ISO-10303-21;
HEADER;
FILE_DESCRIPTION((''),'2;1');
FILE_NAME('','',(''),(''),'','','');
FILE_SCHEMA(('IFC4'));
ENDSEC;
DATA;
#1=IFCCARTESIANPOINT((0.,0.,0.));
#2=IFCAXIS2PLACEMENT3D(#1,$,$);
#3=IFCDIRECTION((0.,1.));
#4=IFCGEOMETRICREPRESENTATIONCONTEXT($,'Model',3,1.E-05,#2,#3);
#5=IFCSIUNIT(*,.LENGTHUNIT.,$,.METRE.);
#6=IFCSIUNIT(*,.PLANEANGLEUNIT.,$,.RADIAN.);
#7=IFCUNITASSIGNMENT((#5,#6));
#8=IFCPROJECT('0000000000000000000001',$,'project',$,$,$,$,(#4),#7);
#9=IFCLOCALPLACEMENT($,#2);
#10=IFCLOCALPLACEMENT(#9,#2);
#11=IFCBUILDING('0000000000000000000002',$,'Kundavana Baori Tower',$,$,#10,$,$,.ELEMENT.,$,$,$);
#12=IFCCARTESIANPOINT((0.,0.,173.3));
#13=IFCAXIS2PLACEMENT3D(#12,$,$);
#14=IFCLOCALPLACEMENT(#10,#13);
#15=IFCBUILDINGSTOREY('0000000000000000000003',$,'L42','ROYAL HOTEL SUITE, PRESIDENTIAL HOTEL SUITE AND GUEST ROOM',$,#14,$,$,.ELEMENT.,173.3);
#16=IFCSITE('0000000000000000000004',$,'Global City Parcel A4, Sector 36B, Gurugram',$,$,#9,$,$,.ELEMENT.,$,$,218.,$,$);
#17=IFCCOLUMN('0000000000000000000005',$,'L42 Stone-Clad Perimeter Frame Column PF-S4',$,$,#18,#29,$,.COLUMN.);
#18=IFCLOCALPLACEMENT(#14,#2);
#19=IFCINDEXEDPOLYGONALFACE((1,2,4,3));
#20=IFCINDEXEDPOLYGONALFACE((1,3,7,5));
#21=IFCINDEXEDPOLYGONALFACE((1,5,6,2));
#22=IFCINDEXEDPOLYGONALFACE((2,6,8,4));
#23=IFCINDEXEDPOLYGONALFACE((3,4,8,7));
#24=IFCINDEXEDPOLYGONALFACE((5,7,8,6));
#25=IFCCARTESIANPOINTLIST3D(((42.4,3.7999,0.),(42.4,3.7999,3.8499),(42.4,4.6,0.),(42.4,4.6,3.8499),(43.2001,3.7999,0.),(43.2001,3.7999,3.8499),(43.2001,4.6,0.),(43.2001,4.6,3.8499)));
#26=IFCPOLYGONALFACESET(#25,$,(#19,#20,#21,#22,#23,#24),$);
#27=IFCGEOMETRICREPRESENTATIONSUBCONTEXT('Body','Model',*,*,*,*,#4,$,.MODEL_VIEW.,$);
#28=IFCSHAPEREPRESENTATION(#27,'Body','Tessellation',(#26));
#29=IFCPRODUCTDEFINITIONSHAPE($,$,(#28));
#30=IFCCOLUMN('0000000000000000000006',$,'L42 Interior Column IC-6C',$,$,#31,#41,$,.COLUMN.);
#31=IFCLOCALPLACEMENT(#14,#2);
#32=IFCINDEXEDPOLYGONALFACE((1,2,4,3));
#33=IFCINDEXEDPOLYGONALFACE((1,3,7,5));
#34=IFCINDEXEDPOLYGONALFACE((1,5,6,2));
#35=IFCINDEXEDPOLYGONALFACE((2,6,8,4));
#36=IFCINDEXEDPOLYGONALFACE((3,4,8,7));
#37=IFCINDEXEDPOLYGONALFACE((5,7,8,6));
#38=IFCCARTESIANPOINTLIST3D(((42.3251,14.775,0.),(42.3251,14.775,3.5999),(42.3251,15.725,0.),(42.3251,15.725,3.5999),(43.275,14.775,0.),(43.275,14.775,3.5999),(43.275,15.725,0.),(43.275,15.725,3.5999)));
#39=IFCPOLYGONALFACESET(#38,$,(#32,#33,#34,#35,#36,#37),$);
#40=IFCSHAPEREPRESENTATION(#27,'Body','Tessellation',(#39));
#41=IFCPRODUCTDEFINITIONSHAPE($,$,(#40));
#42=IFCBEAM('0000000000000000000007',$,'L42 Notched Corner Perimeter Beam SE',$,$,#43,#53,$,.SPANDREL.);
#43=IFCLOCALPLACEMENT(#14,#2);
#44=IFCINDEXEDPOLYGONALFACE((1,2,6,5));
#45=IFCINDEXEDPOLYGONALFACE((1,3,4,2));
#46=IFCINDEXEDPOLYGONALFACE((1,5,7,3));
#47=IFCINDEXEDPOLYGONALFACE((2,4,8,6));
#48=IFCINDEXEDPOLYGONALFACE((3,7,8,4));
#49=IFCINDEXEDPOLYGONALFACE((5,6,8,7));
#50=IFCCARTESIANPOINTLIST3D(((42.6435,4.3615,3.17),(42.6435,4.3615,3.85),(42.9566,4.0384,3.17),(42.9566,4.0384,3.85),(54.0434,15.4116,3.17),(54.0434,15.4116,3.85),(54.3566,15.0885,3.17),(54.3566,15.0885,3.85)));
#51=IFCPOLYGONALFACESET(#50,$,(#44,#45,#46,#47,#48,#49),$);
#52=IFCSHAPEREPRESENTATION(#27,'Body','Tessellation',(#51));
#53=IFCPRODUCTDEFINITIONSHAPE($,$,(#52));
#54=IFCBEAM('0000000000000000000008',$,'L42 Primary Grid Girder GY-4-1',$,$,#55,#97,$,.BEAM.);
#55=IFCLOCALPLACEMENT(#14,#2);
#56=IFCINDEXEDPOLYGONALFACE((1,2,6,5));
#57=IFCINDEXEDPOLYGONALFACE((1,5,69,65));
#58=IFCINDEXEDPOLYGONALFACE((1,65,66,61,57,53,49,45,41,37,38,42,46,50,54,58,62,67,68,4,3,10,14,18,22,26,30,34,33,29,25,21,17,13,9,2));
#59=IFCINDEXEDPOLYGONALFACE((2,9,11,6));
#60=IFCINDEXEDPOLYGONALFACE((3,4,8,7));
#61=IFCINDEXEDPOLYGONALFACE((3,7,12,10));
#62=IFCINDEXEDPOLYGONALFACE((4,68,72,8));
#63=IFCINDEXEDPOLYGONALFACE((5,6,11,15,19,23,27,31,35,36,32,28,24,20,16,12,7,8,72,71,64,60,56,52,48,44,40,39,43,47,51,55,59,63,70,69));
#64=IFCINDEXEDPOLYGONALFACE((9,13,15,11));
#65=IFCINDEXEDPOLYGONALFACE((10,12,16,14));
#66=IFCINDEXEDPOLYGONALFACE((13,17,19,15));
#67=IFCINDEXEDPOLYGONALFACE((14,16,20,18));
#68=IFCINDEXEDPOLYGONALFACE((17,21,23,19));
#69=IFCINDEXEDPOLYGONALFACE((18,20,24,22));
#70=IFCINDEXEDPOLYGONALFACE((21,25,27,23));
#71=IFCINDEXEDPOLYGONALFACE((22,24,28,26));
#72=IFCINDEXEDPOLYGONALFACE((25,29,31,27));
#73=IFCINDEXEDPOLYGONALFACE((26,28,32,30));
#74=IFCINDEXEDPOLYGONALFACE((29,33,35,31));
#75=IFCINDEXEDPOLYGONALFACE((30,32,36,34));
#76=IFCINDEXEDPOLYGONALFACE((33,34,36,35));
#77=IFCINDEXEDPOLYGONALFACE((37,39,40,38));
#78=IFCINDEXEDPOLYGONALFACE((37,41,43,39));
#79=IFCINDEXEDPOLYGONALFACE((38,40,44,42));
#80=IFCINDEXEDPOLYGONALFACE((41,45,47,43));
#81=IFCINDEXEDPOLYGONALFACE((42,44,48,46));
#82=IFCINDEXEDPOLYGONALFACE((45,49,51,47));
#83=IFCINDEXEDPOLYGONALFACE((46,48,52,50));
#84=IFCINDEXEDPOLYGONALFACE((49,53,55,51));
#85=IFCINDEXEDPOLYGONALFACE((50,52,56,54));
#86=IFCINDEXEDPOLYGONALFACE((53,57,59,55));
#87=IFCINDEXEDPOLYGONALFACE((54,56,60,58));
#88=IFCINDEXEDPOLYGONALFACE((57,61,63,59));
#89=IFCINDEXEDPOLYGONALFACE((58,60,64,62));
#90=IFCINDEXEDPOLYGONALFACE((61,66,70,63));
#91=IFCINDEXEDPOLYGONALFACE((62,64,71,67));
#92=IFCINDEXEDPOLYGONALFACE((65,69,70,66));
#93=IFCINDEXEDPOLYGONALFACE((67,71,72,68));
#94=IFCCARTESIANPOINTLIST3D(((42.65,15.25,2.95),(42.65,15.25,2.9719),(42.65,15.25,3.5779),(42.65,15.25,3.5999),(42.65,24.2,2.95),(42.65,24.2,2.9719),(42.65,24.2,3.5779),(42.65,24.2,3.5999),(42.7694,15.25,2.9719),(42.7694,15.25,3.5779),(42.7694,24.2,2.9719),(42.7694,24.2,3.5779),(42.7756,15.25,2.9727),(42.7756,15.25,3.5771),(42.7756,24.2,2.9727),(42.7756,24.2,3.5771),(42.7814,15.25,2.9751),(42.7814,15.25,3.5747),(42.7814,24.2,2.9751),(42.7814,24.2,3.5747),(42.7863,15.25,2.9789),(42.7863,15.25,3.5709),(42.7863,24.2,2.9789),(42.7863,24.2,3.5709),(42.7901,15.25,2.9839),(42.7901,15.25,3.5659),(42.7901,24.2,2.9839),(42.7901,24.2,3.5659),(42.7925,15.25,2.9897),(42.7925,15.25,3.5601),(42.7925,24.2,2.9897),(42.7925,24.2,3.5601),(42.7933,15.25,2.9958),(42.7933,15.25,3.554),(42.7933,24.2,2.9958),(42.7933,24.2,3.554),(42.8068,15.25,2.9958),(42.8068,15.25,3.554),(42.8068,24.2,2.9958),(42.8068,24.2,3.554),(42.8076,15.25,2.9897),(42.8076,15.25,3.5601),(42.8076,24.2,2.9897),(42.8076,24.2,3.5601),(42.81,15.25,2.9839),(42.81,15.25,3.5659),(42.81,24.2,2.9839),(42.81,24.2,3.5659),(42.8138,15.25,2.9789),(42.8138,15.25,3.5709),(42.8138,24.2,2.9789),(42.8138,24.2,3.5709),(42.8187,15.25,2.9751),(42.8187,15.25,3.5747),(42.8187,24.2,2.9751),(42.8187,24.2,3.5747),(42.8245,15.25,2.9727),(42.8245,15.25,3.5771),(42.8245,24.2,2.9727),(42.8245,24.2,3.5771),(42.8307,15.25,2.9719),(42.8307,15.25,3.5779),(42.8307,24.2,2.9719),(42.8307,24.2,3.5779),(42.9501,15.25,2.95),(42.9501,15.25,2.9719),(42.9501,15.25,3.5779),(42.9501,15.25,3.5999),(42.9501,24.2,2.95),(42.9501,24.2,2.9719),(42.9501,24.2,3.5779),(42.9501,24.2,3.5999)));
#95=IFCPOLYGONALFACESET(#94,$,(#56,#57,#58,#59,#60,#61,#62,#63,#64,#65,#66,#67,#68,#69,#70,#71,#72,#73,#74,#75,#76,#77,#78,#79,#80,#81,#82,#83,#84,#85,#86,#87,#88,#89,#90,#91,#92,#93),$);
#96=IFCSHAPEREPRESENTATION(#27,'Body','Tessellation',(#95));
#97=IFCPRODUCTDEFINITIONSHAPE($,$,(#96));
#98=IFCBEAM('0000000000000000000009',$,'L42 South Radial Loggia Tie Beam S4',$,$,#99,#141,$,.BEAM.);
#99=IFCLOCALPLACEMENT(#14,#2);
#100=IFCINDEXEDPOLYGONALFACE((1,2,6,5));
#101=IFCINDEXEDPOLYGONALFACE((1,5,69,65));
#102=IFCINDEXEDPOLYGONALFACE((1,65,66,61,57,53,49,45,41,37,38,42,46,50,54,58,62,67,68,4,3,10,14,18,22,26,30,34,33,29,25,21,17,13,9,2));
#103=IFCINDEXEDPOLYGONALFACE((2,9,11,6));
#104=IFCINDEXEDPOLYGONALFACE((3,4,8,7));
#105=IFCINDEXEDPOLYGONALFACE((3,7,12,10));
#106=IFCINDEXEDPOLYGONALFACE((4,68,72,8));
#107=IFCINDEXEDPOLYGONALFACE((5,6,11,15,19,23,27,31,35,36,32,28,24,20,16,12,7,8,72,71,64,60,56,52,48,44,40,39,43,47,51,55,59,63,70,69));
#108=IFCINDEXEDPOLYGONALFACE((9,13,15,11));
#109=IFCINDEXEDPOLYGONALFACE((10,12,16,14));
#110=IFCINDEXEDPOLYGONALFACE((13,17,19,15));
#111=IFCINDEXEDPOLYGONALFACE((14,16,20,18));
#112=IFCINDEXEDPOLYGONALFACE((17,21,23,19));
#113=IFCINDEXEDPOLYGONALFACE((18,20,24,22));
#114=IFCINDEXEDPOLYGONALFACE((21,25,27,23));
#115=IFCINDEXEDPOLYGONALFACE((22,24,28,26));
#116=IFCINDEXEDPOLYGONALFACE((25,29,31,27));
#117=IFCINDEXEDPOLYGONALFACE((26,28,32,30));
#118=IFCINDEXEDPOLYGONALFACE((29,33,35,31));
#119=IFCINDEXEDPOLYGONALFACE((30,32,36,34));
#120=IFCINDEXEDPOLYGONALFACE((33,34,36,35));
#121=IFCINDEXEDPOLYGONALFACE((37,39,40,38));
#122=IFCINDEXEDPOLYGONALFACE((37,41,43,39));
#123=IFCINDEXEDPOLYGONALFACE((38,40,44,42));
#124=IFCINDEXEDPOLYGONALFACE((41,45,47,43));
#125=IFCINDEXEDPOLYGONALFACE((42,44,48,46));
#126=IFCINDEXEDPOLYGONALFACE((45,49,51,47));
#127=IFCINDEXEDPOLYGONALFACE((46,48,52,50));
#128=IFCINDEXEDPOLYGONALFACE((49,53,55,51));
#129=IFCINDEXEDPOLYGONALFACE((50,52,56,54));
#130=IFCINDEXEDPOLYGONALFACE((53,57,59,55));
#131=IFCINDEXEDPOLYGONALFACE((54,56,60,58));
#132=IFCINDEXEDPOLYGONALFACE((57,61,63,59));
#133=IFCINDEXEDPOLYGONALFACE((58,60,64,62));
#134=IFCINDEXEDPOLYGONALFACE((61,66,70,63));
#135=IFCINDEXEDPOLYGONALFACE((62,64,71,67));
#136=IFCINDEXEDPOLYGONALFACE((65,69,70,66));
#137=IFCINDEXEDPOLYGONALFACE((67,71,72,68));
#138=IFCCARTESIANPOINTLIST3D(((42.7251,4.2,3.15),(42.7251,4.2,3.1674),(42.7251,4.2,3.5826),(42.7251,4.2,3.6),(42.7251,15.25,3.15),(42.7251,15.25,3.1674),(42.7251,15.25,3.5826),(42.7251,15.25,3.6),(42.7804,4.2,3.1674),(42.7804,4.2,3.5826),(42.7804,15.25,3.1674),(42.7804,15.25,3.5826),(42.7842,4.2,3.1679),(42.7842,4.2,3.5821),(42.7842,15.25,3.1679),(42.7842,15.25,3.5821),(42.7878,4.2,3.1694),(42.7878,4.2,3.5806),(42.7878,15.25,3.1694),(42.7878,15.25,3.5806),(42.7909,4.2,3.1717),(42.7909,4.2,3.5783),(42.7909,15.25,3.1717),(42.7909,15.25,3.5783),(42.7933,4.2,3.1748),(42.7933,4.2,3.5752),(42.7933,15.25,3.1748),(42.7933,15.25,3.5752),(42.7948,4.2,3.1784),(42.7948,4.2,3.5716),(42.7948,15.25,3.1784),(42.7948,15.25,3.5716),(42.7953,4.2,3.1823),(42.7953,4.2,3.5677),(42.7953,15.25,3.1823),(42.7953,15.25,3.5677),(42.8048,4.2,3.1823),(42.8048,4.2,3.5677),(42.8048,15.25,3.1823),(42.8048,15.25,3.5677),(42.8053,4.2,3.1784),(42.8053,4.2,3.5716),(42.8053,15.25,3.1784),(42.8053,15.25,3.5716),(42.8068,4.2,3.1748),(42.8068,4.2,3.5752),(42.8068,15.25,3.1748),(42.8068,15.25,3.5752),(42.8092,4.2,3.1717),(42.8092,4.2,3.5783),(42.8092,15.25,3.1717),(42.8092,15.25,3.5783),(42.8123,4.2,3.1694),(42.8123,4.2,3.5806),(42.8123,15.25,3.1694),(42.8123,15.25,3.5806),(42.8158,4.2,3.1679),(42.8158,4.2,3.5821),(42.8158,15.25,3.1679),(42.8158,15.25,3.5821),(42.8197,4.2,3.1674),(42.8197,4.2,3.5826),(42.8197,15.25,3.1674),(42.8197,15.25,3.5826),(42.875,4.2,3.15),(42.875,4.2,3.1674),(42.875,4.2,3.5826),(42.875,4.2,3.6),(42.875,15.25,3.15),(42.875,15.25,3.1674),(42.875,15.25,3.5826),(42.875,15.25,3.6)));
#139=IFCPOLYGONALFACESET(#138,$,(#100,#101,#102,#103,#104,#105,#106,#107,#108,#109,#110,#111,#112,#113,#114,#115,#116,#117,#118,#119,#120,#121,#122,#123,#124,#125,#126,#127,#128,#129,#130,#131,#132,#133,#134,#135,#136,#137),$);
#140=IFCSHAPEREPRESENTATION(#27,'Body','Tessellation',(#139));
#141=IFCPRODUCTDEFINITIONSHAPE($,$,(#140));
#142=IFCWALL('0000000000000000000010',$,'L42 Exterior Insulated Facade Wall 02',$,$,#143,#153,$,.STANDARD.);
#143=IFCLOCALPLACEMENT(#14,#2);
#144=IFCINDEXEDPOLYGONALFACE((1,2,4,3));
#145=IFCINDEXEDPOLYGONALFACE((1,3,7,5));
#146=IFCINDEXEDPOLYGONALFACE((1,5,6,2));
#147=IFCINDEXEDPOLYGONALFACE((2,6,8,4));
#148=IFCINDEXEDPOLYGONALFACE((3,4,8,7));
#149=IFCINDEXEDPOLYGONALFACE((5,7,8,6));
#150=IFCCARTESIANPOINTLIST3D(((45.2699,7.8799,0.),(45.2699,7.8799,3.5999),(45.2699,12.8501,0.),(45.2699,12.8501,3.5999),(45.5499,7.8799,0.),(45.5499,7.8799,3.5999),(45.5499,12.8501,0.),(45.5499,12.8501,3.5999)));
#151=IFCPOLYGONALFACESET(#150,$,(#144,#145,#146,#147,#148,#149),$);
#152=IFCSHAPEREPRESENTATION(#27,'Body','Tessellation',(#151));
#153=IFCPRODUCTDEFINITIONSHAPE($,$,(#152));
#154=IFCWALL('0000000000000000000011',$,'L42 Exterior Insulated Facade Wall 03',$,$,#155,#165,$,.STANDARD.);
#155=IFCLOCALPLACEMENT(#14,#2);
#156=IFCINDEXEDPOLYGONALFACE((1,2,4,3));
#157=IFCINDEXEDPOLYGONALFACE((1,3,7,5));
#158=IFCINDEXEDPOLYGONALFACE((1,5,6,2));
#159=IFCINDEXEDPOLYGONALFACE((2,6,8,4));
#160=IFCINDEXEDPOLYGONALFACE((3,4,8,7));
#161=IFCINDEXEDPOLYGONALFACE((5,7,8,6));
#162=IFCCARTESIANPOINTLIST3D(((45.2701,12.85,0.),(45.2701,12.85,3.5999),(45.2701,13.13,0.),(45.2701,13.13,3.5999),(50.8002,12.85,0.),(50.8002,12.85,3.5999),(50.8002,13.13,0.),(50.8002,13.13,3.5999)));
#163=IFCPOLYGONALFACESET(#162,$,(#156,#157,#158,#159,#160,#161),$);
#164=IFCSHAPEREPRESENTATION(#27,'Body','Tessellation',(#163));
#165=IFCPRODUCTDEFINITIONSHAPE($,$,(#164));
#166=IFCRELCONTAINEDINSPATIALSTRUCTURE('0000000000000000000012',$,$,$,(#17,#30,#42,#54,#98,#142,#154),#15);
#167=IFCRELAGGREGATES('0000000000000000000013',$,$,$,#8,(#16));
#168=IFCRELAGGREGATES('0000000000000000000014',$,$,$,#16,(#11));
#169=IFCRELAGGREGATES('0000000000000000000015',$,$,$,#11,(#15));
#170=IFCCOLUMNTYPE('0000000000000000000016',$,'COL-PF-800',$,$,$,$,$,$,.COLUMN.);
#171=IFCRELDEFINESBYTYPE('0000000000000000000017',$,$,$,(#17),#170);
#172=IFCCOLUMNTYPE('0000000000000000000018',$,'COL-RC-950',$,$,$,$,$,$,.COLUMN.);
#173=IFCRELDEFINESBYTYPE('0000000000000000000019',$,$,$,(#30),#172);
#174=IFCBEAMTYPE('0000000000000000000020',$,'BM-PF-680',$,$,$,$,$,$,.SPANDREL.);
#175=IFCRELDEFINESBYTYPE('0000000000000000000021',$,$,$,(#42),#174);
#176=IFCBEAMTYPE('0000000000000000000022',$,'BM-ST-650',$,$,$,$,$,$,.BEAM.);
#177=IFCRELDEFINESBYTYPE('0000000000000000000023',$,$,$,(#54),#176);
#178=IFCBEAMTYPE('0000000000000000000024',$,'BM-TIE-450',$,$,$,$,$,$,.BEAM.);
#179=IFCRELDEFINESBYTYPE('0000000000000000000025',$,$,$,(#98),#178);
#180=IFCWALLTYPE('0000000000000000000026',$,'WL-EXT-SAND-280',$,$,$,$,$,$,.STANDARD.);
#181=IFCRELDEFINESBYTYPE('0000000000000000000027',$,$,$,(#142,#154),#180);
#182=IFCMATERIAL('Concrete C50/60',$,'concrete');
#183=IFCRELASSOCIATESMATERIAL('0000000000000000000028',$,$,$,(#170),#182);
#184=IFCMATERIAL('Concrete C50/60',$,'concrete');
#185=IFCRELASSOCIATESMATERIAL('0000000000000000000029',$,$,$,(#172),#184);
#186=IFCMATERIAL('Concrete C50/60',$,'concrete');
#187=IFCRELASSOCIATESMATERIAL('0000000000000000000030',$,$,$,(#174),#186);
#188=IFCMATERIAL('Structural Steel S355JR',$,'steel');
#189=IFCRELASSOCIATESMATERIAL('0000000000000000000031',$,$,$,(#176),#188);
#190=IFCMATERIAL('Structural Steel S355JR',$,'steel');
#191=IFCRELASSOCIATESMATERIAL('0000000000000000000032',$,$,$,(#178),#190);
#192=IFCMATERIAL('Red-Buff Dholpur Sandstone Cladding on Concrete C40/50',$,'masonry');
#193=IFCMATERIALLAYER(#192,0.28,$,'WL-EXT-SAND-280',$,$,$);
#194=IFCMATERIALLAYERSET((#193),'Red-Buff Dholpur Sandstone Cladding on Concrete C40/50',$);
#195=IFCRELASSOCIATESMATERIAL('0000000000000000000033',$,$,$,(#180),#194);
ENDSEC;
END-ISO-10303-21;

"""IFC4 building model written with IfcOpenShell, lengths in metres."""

from ifc_helpers import new_model, si_unit, direction, frame, frame_2d, origin, origin_2d, place, context, subcontext, project, spatial, rectangle, i_section, extrude, material, layer, layer_set, material_profile, profile_set, type_object, element, save


model = new_model("IFC4")

# Units and contexts
model_context = context("Model", 3, precision=1e-05, world=origin(), true_north=direction((0.0, 1.0)))
body_context = subcontext(model_context, "Body", "Model", "MODEL_VIEW")
ifc_project = project(units=[si_unit("LENGTHUNIT", "METRE"), si_unit("PLANEANGLEUNIT", "RADIAN")], contexts=[model_context])

# Site, building, storey
site_placement = place(None, origin())
site = spatial("IfcSite", under=ifc_project, at=site_placement, Name="Global City Parcel A4, Sector 36B, Gurugram", CompositionType="ELEMENT", RefElevation=218.0)
building_placement = place(site_placement, origin())
building = spatial("IfcBuilding", under=site, at=building_placement, Name="Kundavana Baori Tower", CompositionType="ELEMENT")
storey_placement = place(building_placement, frame((0.0, 0.0, 173.3)))
storey = spatial("IfcBuildingStorey", under=building, at=storey_placement, Name="L42", Description="ROYAL HOTEL SUITE, PRESIDENTIAL HOTEL SUITE AND GUEST ROOM", CompositionType="ELEMENT", Elevation=173.3)

# Columns
ifc_material_1 = material(Name="Concrete C50/60", Category="concrete")
ifc_material_profile_1 = material_profile(ifc_material_1, rectangle(XDim=0.8, YDim=0.8, at=origin_2d()), Name="RC PF 800x800")
ifc_profile_set_1 = profile_set([ifc_material_profile_1], Name="Concrete C50/60")
column_type_1 = type_object("IfcColumnType", Name="COL-PF-800", PredefinedType="COLUMN", material=ifc_profile_set_1)
column_1_placement = place(storey_placement, frame((42.8, 4.2, 0.0), z_axis=(0.0, 0.0, 1.0), x_axis=(1.0, 0.0, 0.0)))
element("IfcColumn", 1, at=column_1_placement, inside=storey, type_object=column_type_1, Name="L42 Stone-Clad Perimeter Frame Column PF-S4", PredefinedType="COLUMN", context=body_context, shape_type="SweptSolid", body=[
    extrude(rectangle(XDim=0.8, YDim=0.8, at=origin_2d()), origin(), (0.0, 0.0, 1.0), 3.8499),
])
ifc_material_2 = material(Name="Concrete C50/60", Category="concrete")
ifc_material_profile_2 = material_profile(ifc_material_2, rectangle(XDim=0.95, YDim=0.95, at=origin_2d()), Name="RC 950x950")
ifc_profile_set_2 = profile_set([ifc_material_profile_2], Name="Concrete C50/60")
column_type_2 = type_object("IfcColumnType", Name="COL-RC-950", PredefinedType="COLUMN", material=ifc_profile_set_2)
column_2_placement = place(storey_placement, frame((42.8, 15.25, 0.0), z_axis=(0.0, 0.0, 1.0), x_axis=(1.0, 0.0, 0.0)))
element("IfcColumn", 2, at=column_2_placement, inside=storey, type_object=column_type_2, Name="L42 Interior Column IC-6C", PredefinedType="COLUMN", context=body_context, shape_type="SweptSolid", body=[
    extrude(rectangle(XDim=0.95, YDim=0.95, at=origin_2d()), origin(), (0.0, 0.0, 1.0), 3.5999),
])

# Beams
ifc_material_3 = material(Name="Concrete C50/60", Category="concrete")
ifc_material_profile_3 = material_profile(ifc_material_3, rectangle(XDim=0.45, YDim=0.6799, at=origin_2d()), Name="RC BM 450x680")
ifc_profile_set_3 = profile_set([ifc_material_profile_3], Name="Concrete C50/60")
beam_type_1 = type_object("IfcBeamType", Name="BM-PF-680", PredefinedType="SPANDREL", material=ifc_profile_set_3)
beam_1_placement = place(storey_placement, frame((42.8, 4.2, 3.51), z_axis=(0.718039, 0.696003, 0.0), x_axis=(-0.696003, 0.718039, 0.0)))
element("IfcBeam", 3, at=beam_1_placement, inside=storey, type_object=beam_type_1, Name="L42 Notched Corner Perimeter Beam SE", PredefinedType="SPANDREL", context=body_context, shape_type="SweptSolid", body=[
    extrude(rectangle(XDim=0.45, YDim=0.6799, at=origin_2d()), origin(), (0.0, 0.0, 1.0), 15.8765),
])
ifc_material_4 = material(Name="Structural Steel S355JR", Category="steel")
ifc_material_profile_4 = material_profile(ifc_material_4, i_section(OverallWidth=0.3, OverallDepth=0.6499, WebThickness=0.0134, FlangeThickness=0.022, FilletRadius=0.0239, at=origin_2d()), Name="NPB 650x300x155")
ifc_profile_set_4 = profile_set([ifc_material_profile_4], Name="Structural Steel S355JR")
beam_type_2 = type_object("IfcBeamType", Name="BM-ST-650", PredefinedType="BEAM", material=ifc_profile_set_4)
beam_2_placement = place(storey_placement, frame((42.8, 15.25, 3.2749), z_axis=(0.0, 1.0, 0.0), x_axis=(-1.0, 0.0, 0.0)))
element("IfcBeam", 4, at=beam_2_placement, inside=storey, type_object=beam_type_2, Name="L42 Primary Grid Girder GY-4-1", PredefinedType="BEAM", context=body_context, shape_type="SweptSolid", body=[
    extrude(i_section(OverallWidth=0.3, OverallDepth=0.6499, WebThickness=0.0134, FlangeThickness=0.022, FilletRadius=0.0239, at=origin_2d()), origin(), (0.0, 0.0, 1.0), 8.95),
])
ifc_material_5 = material(Name="Structural Steel S355JR", Category="steel")
ifc_material_profile_5 = material_profile(ifc_material_5, i_section(OverallWidth=0.1499, OverallDepth=0.45, WebThickness=0.0095, FlangeThickness=0.0173, FilletRadius=0.0149, at=origin_2d()), Name="ISMB 450")
ifc_profile_set_5 = profile_set([ifc_material_profile_5], Name="Structural Steel S355JR")
beam_type_3 = type_object("IfcBeamType", Name="BM-TIE-450", PredefinedType="BEAM", material=ifc_profile_set_5)
beam_3_placement = place(storey_placement, frame((42.8, 15.25, 3.375), z_axis=(0.0, -1.0, 0.0), x_axis=(1.0, 0.0, 0.0)))
element("IfcBeam", 5, at=beam_3_placement, inside=storey, type_object=beam_type_3, Name="L42 South Radial Loggia Tie Beam S4", PredefinedType="BEAM", context=body_context, shape_type="SweptSolid", body=[
    extrude(i_section(OverallWidth=0.1499, OverallDepth=0.45, WebThickness=0.0095, FlangeThickness=0.0173, FilletRadius=0.0149, at=origin_2d()), origin(), (0.0, 0.0, 1.0), 11.05),
])

# Walls
ifc_material_6 = material(Name="Red-Buff Dholpur Sandstone Cladding on Concrete C40/50", Category="masonry")
ifc_layer_1 = layer(ifc_material_6, 0.28, Name="WL-EXT-SAND-280")
ifc_layer_set_1 = layer_set([ifc_layer_1], Name="Red-Buff Dholpur Sandstone Cladding on Concrete C40/50")
wall_type_1 = type_object("IfcWallType", Name="WL-EXT-SAND-280", PredefinedType="STANDARD", material=ifc_layer_set_1)
wall_1_placement = place(storey_placement, frame((45.4099, 7.8799, 0.0), z_axis=(0.0, 0.0, 1.0), x_axis=(0.0, 1.0, 0.0)))
element("IfcWall", 6, at=wall_1_placement, inside=storey, type_object=wall_type_1, Name="L42 Exterior Insulated Facade Wall 02", PredefinedType="STANDARD", context=body_context, shape_type="SweptSolid", body=[
    extrude(rectangle(XDim=4.9702, YDim=0.28, at=frame_2d((2.4851, 0.0))), origin(), (0.0, 0.0, 1.0), 3.5999),
])
wall_2_placement = place(storey_placement, frame((45.27, 12.99, 0.0), z_axis=(0.0, 0.0, 1.0), x_axis=(1.0, 0.0, 0.0)))
element("IfcWall", 7, at=wall_2_placement, inside=storey, type_object=wall_type_1, Name="L42 Exterior Insulated Facade Wall 03", PredefinedType="STANDARD", context=body_context, shape_type="SweptSolid", body=[
    extrude(rectangle(XDim=5.53, YDim=0.28, at=frame_2d((2.7651, 0.0))), origin(), (0.0, 0.0, 1.0), 3.5999),
])

save(model, "model.ifc")
